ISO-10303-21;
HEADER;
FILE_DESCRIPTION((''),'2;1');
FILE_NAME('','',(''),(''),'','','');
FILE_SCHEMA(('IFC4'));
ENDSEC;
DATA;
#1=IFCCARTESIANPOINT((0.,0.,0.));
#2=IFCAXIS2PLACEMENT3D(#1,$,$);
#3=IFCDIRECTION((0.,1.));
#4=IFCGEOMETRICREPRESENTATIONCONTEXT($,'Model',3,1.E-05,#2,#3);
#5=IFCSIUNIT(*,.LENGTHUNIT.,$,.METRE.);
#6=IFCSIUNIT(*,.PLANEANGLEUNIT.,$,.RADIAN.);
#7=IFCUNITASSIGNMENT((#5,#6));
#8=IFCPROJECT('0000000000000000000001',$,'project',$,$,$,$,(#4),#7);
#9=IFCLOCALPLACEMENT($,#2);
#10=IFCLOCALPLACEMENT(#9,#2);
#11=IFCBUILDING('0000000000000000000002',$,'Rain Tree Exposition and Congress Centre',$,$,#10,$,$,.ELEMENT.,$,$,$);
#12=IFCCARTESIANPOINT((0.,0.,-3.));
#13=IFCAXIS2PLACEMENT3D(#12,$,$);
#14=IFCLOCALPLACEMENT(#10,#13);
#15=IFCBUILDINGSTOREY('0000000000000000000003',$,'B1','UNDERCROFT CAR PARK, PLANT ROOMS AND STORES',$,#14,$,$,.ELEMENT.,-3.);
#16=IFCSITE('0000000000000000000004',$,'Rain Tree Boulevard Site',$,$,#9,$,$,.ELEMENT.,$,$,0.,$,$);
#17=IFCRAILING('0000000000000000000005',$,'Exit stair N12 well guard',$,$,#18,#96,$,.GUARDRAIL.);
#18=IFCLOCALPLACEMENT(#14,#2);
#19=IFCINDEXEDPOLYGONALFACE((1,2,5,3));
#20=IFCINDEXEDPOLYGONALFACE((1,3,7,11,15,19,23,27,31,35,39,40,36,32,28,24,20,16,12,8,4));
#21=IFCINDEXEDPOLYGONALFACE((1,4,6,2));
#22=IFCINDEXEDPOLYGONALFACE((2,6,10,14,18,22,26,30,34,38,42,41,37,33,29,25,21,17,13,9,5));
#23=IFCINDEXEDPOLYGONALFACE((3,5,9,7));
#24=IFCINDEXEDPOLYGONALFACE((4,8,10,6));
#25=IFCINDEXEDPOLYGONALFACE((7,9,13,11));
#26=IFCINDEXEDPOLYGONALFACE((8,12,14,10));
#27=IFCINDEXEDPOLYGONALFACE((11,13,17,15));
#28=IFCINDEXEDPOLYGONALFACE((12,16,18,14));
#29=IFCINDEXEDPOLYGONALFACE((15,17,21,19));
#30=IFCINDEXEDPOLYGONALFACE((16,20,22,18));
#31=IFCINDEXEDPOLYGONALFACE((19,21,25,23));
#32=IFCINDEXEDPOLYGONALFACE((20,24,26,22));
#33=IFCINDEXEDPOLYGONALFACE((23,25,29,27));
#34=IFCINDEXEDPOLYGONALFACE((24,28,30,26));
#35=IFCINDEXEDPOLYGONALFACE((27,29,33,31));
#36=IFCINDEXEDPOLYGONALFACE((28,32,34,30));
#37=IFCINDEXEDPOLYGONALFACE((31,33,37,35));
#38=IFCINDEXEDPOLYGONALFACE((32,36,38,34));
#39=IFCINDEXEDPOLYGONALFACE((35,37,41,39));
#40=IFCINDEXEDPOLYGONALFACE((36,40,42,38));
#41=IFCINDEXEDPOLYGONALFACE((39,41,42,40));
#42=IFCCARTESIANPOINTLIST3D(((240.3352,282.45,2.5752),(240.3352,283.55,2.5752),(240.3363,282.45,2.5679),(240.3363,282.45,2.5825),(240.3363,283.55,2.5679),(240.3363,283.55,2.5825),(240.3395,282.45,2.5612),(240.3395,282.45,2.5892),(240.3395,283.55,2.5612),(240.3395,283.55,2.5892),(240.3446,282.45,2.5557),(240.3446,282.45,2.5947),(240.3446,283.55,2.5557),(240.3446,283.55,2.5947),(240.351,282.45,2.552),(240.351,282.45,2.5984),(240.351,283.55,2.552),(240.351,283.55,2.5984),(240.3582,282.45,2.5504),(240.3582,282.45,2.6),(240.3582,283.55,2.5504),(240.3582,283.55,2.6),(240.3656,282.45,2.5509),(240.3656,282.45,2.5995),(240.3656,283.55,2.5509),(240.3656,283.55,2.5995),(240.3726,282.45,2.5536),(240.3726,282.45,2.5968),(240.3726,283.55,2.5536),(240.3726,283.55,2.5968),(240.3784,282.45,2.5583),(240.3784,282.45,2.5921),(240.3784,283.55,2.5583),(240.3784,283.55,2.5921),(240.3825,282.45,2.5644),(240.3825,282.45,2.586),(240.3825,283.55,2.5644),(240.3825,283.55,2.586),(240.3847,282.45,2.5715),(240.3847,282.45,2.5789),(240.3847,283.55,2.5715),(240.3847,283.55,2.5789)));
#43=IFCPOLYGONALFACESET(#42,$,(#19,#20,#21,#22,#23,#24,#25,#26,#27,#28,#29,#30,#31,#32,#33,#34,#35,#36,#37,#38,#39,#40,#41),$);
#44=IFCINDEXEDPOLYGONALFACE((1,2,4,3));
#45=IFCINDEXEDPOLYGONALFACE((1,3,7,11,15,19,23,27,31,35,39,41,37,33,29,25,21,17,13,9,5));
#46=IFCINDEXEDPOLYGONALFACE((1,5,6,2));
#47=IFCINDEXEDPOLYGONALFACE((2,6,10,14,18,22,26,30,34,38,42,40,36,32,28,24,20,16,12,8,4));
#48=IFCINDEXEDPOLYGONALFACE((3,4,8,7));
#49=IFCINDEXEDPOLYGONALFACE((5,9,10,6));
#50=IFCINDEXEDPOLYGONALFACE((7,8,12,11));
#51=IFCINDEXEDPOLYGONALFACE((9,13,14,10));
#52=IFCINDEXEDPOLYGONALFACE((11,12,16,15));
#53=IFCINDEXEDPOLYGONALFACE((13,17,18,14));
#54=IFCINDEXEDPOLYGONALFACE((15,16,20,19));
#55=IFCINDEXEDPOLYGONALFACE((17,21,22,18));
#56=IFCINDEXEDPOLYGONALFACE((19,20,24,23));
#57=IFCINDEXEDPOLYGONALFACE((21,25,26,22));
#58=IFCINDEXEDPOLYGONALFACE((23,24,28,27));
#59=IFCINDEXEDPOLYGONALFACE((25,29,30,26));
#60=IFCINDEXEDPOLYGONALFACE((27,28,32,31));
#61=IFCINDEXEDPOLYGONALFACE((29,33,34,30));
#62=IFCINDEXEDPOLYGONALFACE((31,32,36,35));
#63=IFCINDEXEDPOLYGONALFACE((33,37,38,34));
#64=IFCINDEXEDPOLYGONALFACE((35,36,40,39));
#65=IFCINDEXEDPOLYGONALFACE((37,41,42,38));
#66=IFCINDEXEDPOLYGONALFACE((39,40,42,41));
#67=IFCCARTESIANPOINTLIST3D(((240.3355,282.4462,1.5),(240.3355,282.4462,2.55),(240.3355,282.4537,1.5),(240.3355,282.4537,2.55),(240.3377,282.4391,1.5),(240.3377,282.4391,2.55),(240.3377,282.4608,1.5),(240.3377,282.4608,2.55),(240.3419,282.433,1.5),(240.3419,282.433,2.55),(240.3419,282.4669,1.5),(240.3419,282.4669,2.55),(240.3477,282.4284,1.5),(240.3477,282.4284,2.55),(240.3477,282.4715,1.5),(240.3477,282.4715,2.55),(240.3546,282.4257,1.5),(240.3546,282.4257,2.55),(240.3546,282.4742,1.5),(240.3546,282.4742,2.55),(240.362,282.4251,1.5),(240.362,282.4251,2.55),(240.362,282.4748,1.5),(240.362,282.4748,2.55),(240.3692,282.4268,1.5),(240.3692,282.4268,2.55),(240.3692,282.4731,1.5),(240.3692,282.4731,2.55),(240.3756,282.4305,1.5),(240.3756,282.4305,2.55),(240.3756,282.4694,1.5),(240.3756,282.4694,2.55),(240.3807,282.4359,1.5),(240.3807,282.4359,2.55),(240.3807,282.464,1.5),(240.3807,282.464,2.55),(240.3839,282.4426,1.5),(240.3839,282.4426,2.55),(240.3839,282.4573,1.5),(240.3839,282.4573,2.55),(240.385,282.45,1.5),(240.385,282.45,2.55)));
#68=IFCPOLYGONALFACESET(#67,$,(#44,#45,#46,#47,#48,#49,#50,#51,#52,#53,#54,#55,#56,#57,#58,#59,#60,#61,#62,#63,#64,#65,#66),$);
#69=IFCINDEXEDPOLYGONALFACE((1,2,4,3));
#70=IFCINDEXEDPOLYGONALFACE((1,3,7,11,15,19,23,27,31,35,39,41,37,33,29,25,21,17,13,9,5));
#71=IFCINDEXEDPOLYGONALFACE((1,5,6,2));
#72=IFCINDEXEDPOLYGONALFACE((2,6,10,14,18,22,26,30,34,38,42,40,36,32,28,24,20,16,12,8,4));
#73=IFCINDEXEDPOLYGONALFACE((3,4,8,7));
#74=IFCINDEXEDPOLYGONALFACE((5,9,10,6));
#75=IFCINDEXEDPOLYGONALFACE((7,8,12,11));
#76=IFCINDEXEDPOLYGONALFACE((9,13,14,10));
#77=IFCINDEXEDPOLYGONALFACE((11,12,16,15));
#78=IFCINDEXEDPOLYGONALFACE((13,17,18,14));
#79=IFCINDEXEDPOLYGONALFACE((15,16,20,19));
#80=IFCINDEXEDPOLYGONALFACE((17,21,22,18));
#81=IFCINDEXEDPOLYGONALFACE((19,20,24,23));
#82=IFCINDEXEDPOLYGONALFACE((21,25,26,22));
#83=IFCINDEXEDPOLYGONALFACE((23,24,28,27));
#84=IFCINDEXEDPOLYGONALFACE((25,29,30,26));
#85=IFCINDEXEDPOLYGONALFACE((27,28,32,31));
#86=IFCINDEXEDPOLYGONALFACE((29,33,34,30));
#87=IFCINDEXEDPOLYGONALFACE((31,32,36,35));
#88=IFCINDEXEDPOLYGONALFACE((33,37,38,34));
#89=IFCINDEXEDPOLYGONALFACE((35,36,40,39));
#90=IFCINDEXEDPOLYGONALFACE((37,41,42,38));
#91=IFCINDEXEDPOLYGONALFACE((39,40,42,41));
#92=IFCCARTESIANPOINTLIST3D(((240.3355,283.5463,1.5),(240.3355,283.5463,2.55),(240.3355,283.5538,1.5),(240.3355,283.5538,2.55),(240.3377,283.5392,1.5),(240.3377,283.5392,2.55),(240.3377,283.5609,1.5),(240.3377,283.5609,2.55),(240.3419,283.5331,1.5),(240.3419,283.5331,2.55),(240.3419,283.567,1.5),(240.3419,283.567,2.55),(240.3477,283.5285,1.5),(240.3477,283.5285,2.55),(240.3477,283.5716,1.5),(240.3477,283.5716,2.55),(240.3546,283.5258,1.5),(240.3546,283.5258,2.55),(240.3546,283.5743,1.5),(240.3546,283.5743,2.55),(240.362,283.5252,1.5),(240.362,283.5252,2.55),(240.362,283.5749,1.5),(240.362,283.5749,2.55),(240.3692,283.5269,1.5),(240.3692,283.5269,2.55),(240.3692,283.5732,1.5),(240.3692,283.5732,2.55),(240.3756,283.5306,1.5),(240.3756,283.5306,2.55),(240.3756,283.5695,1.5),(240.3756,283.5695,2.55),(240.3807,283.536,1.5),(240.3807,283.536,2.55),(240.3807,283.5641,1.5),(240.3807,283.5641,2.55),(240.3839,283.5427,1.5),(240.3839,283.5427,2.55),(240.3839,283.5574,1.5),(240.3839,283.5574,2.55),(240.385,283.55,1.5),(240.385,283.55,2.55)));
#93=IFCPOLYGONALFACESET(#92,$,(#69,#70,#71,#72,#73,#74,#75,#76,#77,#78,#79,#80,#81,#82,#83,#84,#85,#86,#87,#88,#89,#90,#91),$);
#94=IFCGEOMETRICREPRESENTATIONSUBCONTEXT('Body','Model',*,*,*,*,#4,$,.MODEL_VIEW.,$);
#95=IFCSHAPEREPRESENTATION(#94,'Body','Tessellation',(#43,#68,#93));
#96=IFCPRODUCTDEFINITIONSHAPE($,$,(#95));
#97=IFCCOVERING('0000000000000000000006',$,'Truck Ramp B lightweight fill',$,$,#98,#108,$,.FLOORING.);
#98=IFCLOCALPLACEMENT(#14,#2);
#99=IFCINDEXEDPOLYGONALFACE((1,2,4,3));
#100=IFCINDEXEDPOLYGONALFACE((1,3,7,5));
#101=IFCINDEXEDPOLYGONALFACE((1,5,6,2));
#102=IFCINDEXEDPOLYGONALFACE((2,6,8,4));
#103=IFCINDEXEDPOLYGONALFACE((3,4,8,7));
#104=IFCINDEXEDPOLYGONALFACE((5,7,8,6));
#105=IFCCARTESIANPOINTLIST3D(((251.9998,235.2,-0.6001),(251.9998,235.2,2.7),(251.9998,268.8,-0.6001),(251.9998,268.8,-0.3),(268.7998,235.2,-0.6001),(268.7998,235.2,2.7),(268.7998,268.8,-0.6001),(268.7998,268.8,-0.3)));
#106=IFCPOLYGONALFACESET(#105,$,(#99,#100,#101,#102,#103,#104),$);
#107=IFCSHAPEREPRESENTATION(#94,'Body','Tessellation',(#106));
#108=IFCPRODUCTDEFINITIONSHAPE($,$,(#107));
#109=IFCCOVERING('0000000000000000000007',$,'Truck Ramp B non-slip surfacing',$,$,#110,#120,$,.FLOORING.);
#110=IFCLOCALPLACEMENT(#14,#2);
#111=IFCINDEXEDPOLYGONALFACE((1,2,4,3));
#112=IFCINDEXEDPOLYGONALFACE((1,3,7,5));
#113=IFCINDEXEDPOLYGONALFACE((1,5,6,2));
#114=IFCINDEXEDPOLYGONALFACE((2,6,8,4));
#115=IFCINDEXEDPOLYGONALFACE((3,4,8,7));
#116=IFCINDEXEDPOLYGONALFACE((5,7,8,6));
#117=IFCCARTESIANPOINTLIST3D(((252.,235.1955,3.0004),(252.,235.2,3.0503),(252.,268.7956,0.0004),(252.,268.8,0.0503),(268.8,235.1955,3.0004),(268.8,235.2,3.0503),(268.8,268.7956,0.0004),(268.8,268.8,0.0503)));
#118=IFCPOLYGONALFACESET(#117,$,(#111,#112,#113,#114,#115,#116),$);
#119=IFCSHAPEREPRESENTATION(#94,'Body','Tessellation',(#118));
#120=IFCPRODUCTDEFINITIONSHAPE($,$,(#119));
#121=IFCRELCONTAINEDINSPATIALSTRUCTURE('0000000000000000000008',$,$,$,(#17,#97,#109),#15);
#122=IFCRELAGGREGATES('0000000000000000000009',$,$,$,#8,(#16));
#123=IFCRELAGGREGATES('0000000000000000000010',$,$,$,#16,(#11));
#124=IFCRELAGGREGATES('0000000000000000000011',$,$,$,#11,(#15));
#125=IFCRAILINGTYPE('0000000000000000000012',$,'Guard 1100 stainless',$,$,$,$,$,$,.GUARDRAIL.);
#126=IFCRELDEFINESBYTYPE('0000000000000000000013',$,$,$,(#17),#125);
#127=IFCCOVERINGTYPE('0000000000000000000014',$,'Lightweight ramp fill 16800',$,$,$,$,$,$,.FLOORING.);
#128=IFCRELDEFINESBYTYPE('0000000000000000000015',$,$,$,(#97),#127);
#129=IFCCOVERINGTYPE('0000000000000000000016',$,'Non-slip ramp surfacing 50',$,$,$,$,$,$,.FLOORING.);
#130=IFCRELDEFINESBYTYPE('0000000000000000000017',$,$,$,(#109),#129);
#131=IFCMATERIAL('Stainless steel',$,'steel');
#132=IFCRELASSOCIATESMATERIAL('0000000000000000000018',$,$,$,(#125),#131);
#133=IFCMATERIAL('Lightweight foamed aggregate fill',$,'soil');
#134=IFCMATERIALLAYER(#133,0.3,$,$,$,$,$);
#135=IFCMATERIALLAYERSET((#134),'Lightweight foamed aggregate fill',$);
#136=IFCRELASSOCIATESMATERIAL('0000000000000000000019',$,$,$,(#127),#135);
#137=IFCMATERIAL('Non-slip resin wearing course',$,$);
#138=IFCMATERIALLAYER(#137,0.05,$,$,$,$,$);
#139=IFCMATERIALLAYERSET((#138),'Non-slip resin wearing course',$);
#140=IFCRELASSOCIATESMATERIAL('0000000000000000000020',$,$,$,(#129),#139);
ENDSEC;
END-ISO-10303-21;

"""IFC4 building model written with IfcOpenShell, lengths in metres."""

from ifc_helpers import new_model, si_unit, direction, frame, origin, origin_2d, place, context, subcontext, project, spatial, polyline, circle, outline, extrude, material, layer, layer_set, type_object, element, save


model = new_model("IFC4")

# Units and contexts
model_context = context("Model", 3, precision=1e-05, world=origin(), true_north=direction((0.0, 1.0)))
body_context = subcontext(model_context, "Body", "Model", "MODEL_VIEW")
ifc_project = project(units=[si_unit("LENGTHUNIT", "METRE"), si_unit("PLANEANGLEUNIT", "RADIAN")], contexts=[model_context])

# Site, building, storey
site_placement = place(None, origin())
site = spatial("IfcSite", under=ifc_project, at=site_placement, Name="Rain Tree Boulevard Site", CompositionType="ELEMENT", RefElevation=0.0)
building_placement = place(site_placement, origin())
building = spatial("IfcBuilding", under=site, at=building_placement, Name="Rain Tree Exposition and Congress Centre", CompositionType="ELEMENT")
storey_placement = place(building_placement, frame((0.0, 0.0, -3.0)))
storey = spatial("IfcBuildingStorey", under=building, at=storey_placement, Name="B1", Description="UNDERCROFT CAR PARK, PLANT ROOMS AND STORES", CompositionType="ELEMENT", Elevation=-3.0)

# Railing
ifc_material_1 = material(Name="Stainless steel", Category="steel")
railing_type = type_object("IfcRailingType", Name="Guard 1100 stainless", PredefinedType="GUARDRAIL", material=ifc_material_1)
railing_placement = place(storey_placement, frame((240.3601, 282.45, 1.5)))
element("IfcRailing", 1, at=railing_placement, inside=storey, type_object=railing_type, Name="Exit stair N12 well guard", PredefinedType="GUARDRAIL", context=body_context, shape_type="SweptSolid", body=[
    extrude(circle(Radius=0.0249, at=origin_2d()), frame((0.0, 0.0, 1.0752), z_axis=(0.0, 1.0, 0.0), x_axis=(-1.0, 0.0, 0.0)), (0.0, 0.0, 1.0), 1.1001),
    extrude(circle(Radius=0.0249, at=origin_2d()), origin(), (0.0, 0.0, 1.0), 1.05),
    extrude(circle(Radius=0.0249, at=origin_2d()), frame((0.0, 1.1001, 0.0)), (0.0, 0.0, 1.0), 1.05),
])

# Coverings
ifc_material_2 = material(Name="Lightweight foamed aggregate fill", Category="soil")
ifc_layer_1 = layer(ifc_material_2, 0.3)
ifc_layer_set_1 = layer_set([ifc_layer_1], Name="Lightweight foamed aggregate fill")
covering_type_1 = type_object("IfcCoveringType", Name="Lightweight ramp fill 16800", PredefinedType="FLOORING", material=ifc_layer_set_1)
covering_1_placement = place(storey_placement, frame((260.3999, 268.8, -0.6001), z_axis=(0.0, 0.0, 1.0), x_axis=(0.0, -1.0, 0.0)))
element("IfcCovering", 2, at=covering_1_placement, inside=storey, type_object=covering_type_1, Name="Truck Ramp B lightweight fill", PredefinedType="FLOORING", context=body_context, shape_type="SweptSolid", body=[
    extrude(outline(polyline([(0.0, 0.0), (33.6001, 0.0), (33.6001, 3.3), (0.0, 0.3), (0.0, 0.0)])), frame((0.0, 8.3999, 0.0), z_axis=(0.0, -1.0, 0.0), x_axis=(1.0, 0.0, 0.0)), (0.0, 0.0, 1.0), 16.8),
])
ifc_material_3 = material(Name="Non-slip resin wearing course")
ifc_layer_2 = layer(ifc_material_3, 0.05)
ifc_layer_set_2 = layer_set([ifc_layer_2], Name="Non-slip resin wearing course")
covering_type_2 = type_object("IfcCoveringType", Name="Non-slip ramp surfacing 50", PredefinedType="FLOORING", material=ifc_layer_set_2)
covering_2_placement = place(storey_placement, frame((252.0, 268.8, 0.0503), z_axis=(0.0, 0.088932, 0.996038), x_axis=(1.0, 0.0, 0.0)))
element("IfcCovering", 3, at=covering_2_placement, inside=storey, type_object=covering_type_2, Name="Truck Ramp B non-slip surfacing", PredefinedType="FLOORING", context=body_context, shape_type="SweptSolid", body=[
    extrude(outline(polyline([(0.0, 0.0), (16.8, 0.0), (16.8, -33.7338), (0.0, -33.7338), (0.0, 0.0)])), origin(), (0.0, 0.0, -1.0), 0.05),
])

save(model, "model.ifc")
